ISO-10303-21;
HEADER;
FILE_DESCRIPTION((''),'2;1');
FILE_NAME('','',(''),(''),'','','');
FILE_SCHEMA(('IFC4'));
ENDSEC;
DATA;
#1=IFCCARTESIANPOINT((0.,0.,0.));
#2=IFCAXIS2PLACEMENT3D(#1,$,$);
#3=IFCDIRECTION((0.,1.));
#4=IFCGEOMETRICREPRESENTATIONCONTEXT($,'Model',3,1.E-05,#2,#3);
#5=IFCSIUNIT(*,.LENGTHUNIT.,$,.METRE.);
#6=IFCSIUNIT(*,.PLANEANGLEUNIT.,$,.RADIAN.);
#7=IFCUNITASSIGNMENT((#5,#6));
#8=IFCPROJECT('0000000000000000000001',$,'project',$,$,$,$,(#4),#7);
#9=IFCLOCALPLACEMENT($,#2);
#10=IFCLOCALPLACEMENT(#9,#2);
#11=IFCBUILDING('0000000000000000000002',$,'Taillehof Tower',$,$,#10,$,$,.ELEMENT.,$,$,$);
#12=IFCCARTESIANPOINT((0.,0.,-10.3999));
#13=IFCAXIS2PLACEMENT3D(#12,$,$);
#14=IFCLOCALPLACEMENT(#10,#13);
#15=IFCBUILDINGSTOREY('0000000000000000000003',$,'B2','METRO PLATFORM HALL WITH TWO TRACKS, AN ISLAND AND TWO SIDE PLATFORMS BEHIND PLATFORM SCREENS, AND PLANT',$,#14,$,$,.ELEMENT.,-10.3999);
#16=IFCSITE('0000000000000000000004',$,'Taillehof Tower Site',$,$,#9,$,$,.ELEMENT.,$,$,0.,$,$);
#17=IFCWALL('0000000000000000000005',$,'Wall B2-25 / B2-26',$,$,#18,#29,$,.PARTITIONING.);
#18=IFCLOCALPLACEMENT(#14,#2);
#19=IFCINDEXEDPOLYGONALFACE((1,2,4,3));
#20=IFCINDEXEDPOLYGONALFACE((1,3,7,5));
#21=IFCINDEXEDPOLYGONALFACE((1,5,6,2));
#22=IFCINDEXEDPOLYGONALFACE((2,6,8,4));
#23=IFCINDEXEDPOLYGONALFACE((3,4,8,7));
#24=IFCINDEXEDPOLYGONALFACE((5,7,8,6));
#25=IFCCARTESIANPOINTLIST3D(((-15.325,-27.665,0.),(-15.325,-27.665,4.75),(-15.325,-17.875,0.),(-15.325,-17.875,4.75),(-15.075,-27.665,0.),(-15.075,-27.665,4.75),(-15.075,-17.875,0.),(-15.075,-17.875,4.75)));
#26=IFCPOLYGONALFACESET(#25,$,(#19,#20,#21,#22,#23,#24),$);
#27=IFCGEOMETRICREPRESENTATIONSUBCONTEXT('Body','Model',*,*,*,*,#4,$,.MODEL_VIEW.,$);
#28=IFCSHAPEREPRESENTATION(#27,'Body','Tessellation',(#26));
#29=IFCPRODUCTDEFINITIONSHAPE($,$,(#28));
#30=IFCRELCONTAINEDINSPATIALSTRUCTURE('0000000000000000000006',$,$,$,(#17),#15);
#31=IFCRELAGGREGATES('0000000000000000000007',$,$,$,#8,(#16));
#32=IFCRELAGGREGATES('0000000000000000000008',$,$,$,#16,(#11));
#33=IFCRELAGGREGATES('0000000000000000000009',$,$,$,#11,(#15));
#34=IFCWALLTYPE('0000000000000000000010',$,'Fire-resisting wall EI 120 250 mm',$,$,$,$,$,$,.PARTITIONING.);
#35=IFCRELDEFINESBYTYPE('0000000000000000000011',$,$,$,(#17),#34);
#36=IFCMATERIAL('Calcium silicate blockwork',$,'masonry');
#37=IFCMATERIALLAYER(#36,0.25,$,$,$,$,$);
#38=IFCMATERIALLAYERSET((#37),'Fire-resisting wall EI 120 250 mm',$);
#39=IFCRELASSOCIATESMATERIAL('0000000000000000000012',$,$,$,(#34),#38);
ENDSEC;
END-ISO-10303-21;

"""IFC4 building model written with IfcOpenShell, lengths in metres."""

from ifc_helpers import new_model, si_unit, direction, frame, frame_2d, origin, place, context, subcontext, project, spatial, rectangle, extrude, material, layer, layer_set, type_object, element, save


model = new_model("IFC4")

# Units and contexts
model_context = context("Model", 3, precision=1e-05, world=origin(), true_north=direction((0.0, 1.0)))
body_context = subcontext(model_context, "Body", "Model", "MODEL_VIEW")
ifc_project = project(units=[si_unit("LENGTHUNIT", "METRE"), si_unit("PLANEANGLEUNIT", "RADIAN")], contexts=[model_context])

# Site, building, storey
site_placement = place(None, origin())
site = spatial("IfcSite", under=ifc_project, at=site_placement, Name="Taillehof Tower Site", CompositionType="ELEMENT", RefElevation=0.0)
building_placement = place(site_placement, origin())
building = spatial("IfcBuilding", under=site, at=building_placement, Name="Taillehof Tower", CompositionType="ELEMENT")
storey_placement = place(building_placement, frame((0.0, 0.0, -10.3999)))
storey = spatial("IfcBuildingStorey", under=building, at=storey_placement, Name="B2", Description="METRO PLATFORM HALL WITH TWO TRACKS, AN ISLAND AND TWO SIDE PLATFORMS BEHIND PLATFORM SCREENS, AND PLANT", CompositionType="ELEMENT", Elevation=-10.3999)

# Wall
ifc_material_1 = material(Name="Calcium silicate blockwork", Category="masonry")
ifc_layer_1 = layer(ifc_material_1, 0.25)
ifc_layer_set_1 = layer_set([ifc_layer_1], Name="Fire-resisting wall EI 120 250 mm")
wall_type_1 = type_object("IfcWallType", Name="Fire-resisting wall EI 120 250 mm", PredefinedType="PARTITIONING", material=ifc_layer_set_1)
wall_1_placement = place(storey_placement, frame((-15.2, -27.665, 0.0), z_axis=(0.0, 0.0, 1.0), x_axis=(0.0, 1.0, 0.0)))
element("IfcWall", 1, at=wall_1_placement, inside=storey, type_object=wall_type_1, Name="Wall B2-25 / B2-26", PredefinedType="PARTITIONING", context=body_context, shape_type="SweptSolid", body=[
    extrude(rectangle(XDim=9.79, YDim=0.25, at=frame_2d((4.895, 0.0))), origin(), (0.0, 0.0, 1.0), 4.75),
])

save(model, "model.ifc")
